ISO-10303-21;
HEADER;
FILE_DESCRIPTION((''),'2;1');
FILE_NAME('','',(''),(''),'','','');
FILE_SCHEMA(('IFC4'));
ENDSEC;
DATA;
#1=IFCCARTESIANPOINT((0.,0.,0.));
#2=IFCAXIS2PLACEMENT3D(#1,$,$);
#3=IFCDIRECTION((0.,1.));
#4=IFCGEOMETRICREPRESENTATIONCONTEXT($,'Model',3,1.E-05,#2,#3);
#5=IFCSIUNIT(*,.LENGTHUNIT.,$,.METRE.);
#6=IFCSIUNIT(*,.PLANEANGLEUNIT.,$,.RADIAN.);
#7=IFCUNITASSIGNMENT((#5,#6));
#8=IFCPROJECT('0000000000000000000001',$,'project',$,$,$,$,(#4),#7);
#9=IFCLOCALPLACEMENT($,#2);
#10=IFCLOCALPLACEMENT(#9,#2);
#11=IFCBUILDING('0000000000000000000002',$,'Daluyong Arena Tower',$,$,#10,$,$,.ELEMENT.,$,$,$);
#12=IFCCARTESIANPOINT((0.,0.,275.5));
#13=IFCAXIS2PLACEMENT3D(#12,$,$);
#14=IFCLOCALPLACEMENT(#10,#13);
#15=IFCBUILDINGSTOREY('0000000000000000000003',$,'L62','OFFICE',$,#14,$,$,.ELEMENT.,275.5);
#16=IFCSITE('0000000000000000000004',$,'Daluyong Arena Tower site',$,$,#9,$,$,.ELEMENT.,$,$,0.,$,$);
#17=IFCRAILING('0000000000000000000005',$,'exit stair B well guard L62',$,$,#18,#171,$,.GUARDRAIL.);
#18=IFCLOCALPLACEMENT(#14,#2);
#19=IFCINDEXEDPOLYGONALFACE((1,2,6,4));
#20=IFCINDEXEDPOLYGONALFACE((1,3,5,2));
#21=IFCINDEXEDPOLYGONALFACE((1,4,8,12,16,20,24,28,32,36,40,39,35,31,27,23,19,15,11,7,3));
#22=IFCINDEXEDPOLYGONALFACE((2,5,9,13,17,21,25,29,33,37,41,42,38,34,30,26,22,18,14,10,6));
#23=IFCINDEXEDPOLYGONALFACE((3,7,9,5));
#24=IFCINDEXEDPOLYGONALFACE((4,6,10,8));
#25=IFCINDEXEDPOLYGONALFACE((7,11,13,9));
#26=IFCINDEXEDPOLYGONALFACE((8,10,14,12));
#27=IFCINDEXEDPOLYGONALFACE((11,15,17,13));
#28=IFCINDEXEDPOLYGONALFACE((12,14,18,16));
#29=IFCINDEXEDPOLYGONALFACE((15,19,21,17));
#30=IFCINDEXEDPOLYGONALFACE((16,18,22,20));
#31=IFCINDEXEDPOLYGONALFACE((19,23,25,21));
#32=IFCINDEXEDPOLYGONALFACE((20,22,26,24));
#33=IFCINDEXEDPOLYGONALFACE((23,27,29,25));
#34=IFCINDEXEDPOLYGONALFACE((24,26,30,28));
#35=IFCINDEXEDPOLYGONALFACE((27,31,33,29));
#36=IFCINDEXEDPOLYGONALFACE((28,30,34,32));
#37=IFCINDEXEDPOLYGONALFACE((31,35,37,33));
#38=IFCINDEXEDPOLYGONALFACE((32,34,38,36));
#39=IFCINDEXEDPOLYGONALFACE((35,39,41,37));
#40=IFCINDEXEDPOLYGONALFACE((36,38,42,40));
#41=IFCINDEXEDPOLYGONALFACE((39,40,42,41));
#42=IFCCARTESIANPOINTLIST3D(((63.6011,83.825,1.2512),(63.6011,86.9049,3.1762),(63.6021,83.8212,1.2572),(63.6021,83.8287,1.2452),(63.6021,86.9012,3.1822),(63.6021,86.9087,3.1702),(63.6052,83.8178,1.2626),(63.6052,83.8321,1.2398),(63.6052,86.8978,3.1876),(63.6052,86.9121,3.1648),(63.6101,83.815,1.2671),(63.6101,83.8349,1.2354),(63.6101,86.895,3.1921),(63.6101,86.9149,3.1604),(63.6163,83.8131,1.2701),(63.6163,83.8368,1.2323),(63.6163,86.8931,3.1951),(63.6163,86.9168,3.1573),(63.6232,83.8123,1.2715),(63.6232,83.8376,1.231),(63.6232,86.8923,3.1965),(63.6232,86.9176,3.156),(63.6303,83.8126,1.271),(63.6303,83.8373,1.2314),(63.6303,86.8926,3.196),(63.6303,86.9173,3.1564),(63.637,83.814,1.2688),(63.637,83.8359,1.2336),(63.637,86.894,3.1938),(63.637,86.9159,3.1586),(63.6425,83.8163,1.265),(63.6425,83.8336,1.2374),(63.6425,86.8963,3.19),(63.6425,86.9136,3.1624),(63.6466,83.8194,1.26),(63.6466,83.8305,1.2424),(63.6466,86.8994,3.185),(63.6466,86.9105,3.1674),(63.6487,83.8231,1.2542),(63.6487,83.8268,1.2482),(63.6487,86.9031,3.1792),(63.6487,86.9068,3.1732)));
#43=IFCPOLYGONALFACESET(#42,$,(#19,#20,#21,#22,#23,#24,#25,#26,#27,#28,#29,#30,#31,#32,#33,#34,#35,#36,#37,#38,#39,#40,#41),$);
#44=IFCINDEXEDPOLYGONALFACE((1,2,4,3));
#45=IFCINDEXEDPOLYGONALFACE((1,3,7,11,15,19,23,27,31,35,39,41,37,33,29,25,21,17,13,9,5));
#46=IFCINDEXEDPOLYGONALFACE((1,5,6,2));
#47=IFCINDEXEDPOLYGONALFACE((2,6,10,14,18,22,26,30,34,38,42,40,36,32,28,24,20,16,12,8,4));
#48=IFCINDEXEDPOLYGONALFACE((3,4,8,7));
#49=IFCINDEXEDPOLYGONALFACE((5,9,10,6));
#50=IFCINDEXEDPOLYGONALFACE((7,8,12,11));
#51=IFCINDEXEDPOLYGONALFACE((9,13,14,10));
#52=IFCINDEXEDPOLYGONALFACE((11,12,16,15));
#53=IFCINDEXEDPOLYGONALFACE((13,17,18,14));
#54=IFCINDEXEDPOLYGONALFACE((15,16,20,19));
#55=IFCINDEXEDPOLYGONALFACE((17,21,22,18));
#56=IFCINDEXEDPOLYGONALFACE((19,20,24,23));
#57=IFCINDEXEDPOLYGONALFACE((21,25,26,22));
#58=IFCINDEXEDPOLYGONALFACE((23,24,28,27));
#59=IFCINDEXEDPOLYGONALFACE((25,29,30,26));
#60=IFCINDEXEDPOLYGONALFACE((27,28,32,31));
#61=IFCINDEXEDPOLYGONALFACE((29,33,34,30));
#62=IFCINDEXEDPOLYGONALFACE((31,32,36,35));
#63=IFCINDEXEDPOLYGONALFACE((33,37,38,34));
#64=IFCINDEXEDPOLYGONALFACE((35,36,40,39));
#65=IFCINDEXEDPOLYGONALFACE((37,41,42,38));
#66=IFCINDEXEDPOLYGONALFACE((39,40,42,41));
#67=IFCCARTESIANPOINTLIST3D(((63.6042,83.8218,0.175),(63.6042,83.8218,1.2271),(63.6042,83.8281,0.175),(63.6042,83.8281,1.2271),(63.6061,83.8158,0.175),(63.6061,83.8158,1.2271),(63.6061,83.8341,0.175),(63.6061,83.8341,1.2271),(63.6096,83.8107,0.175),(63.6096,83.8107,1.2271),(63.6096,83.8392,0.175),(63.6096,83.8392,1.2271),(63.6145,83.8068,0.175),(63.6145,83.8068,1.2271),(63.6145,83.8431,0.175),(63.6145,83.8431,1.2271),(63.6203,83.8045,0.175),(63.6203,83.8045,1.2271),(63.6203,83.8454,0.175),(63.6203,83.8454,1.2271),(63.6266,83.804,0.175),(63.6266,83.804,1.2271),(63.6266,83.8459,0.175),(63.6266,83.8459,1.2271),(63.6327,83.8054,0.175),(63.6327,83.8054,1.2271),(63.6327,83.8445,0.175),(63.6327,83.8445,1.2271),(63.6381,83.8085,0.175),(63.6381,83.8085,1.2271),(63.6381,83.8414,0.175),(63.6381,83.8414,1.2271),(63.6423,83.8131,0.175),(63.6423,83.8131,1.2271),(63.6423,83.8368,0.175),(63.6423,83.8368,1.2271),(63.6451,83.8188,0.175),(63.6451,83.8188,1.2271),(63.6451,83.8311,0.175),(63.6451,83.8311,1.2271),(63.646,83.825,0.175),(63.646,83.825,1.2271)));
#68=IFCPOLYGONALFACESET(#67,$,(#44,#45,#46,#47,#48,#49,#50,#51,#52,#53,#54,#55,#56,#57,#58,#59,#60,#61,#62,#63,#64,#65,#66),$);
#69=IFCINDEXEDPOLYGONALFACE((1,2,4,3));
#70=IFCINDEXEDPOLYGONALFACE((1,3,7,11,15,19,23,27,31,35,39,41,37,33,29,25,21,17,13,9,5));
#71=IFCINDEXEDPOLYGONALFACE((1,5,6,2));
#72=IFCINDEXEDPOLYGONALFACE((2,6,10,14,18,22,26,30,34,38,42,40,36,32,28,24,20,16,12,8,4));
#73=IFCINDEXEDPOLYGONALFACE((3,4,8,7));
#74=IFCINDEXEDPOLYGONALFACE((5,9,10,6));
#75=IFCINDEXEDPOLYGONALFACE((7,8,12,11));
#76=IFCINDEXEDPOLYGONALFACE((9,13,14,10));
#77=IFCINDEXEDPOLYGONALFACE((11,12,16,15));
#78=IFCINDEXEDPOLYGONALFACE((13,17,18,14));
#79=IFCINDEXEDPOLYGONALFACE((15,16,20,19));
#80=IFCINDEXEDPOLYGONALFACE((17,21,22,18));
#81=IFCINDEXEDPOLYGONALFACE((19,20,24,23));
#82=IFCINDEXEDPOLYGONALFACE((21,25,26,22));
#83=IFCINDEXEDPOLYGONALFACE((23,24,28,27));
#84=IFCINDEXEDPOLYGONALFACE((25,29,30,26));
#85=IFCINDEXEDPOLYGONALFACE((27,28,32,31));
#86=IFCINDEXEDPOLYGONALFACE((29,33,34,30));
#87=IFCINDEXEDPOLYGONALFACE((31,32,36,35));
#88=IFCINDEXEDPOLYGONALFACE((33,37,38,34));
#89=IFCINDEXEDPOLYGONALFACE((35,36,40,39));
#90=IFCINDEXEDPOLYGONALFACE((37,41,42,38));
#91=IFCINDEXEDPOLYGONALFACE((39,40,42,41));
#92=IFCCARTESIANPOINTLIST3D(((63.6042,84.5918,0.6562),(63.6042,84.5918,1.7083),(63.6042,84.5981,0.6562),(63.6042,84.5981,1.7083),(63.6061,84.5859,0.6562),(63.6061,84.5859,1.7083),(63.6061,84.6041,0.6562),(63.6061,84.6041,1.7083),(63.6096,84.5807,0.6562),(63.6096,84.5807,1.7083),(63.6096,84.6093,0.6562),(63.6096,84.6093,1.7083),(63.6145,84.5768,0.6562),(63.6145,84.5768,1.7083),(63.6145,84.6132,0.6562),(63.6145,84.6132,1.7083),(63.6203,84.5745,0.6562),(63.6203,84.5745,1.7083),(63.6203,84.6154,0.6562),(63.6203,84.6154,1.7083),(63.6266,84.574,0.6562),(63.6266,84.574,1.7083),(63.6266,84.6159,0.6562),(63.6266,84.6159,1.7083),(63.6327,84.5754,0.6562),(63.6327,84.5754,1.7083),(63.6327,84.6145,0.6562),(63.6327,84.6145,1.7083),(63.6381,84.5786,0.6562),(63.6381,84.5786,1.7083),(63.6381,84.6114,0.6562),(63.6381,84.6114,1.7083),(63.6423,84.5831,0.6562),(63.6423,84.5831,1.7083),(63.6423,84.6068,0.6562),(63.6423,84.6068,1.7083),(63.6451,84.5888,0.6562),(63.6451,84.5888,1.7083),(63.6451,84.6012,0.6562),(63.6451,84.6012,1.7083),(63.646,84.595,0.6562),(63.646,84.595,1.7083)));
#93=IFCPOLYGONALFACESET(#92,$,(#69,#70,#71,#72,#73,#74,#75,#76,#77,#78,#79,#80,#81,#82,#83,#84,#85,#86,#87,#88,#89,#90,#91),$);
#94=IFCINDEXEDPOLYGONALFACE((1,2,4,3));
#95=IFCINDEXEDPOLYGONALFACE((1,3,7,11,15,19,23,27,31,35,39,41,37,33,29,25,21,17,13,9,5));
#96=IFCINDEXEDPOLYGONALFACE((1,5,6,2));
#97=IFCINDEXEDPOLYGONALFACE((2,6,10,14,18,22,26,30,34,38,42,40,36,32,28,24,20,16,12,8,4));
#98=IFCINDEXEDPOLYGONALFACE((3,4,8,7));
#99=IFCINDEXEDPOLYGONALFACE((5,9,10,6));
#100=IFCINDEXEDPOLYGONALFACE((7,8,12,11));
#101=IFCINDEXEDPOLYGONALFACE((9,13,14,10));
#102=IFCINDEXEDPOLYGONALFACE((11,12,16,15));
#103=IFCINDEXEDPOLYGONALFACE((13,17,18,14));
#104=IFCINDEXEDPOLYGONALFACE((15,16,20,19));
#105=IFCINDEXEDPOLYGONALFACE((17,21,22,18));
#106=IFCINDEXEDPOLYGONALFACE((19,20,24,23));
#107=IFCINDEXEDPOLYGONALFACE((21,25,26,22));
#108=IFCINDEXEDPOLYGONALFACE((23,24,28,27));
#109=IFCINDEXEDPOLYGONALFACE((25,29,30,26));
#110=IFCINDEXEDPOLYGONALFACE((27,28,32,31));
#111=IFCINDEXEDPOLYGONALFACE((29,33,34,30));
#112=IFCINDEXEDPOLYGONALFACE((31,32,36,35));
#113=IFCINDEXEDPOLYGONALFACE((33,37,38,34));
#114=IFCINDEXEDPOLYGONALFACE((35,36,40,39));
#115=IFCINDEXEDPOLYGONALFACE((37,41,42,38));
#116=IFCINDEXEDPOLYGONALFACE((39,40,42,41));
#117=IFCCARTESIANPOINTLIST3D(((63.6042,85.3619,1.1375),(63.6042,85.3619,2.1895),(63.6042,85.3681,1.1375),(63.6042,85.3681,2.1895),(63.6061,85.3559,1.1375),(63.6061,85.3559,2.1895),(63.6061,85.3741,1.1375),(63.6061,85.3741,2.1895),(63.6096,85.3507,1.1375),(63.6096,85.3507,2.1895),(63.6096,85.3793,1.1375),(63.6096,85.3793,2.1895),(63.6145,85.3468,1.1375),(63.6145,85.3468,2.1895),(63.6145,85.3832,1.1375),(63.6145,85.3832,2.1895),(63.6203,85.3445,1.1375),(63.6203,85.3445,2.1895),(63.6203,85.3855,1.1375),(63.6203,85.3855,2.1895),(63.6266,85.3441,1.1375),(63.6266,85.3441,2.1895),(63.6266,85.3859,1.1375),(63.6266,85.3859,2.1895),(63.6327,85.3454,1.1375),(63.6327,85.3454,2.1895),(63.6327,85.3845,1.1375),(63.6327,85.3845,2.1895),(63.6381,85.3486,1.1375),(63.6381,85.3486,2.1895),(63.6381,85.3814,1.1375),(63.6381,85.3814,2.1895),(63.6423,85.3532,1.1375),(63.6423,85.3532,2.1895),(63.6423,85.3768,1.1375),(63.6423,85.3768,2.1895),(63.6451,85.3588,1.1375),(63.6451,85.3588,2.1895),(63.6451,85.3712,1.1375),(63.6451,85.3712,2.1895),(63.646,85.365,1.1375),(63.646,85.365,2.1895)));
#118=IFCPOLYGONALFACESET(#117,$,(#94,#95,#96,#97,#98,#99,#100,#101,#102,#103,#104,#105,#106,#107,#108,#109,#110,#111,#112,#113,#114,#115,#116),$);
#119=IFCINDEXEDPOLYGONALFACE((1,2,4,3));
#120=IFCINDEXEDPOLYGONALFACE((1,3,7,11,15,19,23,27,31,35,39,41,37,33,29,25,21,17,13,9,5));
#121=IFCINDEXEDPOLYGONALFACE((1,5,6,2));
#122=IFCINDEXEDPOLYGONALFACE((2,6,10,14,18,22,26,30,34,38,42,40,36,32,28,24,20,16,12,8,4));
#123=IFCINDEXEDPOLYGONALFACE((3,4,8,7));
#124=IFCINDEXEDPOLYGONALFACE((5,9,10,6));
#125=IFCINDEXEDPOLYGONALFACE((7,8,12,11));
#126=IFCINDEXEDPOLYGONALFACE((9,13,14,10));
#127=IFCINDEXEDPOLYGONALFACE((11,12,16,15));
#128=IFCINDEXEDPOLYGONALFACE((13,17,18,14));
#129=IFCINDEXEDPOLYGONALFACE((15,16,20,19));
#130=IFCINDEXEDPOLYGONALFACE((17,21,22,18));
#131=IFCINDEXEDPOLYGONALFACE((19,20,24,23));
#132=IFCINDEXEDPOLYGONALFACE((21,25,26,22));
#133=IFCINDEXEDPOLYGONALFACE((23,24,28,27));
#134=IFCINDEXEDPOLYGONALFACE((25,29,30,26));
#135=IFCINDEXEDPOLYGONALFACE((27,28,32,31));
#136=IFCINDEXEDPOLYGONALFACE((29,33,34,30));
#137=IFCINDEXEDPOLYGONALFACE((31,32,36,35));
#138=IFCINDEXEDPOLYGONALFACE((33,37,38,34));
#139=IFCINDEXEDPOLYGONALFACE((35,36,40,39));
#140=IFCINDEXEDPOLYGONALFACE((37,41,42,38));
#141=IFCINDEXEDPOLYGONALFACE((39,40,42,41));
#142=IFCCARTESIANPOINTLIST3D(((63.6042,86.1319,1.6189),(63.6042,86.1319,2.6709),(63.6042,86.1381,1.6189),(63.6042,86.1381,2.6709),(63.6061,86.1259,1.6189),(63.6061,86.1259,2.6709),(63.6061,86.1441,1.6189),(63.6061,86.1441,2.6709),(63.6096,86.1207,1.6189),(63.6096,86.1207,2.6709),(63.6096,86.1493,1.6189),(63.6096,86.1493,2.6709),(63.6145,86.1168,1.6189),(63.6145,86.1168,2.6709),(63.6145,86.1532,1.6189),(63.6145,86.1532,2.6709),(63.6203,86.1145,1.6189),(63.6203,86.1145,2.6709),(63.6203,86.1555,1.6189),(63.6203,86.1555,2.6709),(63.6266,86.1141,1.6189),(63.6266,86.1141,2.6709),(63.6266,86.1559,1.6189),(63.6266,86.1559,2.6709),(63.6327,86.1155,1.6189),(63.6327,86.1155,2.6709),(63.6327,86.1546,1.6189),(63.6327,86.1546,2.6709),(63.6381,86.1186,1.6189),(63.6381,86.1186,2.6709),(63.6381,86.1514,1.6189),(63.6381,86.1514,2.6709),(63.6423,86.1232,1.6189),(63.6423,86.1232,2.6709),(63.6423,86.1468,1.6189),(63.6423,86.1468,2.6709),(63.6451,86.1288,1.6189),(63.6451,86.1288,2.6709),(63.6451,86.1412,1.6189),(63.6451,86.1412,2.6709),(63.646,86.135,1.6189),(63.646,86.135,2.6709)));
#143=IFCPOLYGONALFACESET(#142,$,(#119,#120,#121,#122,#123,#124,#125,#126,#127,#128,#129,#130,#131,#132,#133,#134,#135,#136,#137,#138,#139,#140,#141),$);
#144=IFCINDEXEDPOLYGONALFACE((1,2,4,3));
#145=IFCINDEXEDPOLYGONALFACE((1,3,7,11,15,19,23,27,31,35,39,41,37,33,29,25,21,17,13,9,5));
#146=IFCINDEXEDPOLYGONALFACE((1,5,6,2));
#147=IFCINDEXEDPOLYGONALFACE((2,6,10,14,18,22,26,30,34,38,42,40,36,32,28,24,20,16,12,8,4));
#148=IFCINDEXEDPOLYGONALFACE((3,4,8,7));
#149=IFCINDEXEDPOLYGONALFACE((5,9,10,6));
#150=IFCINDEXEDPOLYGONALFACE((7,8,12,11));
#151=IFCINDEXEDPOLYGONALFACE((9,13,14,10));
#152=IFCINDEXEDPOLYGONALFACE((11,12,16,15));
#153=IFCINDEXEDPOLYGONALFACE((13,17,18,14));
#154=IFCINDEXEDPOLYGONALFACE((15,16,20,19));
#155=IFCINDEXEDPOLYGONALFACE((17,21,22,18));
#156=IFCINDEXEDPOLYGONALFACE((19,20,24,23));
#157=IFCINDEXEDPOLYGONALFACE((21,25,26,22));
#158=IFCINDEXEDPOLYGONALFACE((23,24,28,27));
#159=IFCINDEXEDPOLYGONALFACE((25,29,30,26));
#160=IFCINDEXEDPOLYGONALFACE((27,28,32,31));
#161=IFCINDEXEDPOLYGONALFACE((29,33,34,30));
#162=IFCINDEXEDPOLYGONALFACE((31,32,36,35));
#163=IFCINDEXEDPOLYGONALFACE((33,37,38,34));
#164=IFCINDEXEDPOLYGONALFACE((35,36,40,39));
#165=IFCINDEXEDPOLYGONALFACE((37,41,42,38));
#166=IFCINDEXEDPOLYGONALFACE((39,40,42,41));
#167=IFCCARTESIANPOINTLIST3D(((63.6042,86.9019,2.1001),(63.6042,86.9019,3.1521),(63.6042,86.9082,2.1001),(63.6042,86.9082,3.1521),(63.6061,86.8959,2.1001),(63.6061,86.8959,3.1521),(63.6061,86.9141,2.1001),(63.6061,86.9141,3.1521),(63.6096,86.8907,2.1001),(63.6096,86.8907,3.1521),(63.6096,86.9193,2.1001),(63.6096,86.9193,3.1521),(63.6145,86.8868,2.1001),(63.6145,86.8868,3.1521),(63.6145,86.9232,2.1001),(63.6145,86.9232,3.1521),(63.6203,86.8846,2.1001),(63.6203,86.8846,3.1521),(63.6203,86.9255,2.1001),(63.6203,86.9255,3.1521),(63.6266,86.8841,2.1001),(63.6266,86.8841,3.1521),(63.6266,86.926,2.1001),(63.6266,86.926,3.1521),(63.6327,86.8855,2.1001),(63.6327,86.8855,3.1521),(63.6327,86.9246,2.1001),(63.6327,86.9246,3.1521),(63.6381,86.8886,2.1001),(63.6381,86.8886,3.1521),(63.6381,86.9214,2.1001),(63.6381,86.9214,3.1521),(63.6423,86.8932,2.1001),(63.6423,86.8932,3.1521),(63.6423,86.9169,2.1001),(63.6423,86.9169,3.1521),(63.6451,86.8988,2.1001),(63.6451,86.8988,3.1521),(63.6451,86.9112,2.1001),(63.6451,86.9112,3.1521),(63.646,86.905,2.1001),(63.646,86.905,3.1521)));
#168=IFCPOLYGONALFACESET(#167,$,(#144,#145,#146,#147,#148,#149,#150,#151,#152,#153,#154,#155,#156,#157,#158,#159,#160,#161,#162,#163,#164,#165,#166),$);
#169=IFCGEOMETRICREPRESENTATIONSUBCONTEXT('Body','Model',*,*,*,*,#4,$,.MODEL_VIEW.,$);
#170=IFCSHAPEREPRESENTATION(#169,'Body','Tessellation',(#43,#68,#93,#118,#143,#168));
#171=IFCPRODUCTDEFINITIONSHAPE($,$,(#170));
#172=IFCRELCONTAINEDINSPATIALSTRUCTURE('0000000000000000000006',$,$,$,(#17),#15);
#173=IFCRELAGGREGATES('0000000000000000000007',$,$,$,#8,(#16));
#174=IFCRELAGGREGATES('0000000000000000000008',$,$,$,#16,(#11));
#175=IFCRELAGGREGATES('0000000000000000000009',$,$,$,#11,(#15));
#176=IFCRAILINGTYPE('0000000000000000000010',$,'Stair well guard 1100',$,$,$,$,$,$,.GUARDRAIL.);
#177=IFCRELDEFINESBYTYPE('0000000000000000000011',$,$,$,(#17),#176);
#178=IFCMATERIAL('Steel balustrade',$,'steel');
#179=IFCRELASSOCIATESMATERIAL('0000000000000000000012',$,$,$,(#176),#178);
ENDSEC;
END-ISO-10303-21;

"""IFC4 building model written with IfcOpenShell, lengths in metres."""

from ifc_helpers import new_model, si_unit, direction, frame, origin, origin_2d, place, context, subcontext, project, spatial, circle, extrude, material, type_object, element, save


model = new_model("IFC4")

# Units and contexts
model_context = context("Model", 3, precision=1e-05, world=origin(), true_north=direction((0.0, 1.0)))
body_context = subcontext(model_context, "Body", "Model", "MODEL_VIEW")
ifc_project = project(units=[si_unit("LENGTHUNIT", "METRE"), si_unit("PLANEANGLEUNIT", "RADIAN")], contexts=[model_context])

# Site, building, storey
site_placement = place(None, origin())
site = spatial("IfcSite", under=ifc_project, at=site_placement, Name="Daluyong Arena Tower site", CompositionType="ELEMENT", RefElevation=0.0)
building_placement = place(site_placement, origin())
building = spatial("IfcBuilding", under=site, at=building_placement, Name="Daluyong Arena Tower", CompositionType="ELEMENT")
storey_placement = place(building_placement, frame((0.0, 0.0, 275.5)))
storey = spatial("IfcBuildingStorey", under=building, at=storey_placement, Name="L62", Description="OFFICE", CompositionType="ELEMENT", Elevation=275.5)

# Railing
ifc_material_1 = material(Name="Steel balustrade", Category="steel")
railing_type_1 = type_object("IfcRailingType", Name="Stair well guard 1100", PredefinedType="GUARDRAIL", material=ifc_material_1)
railing_1_placement = place(storey_placement, frame((63.625, 83.825, 0.175)))
element("IfcRailing", 1, at=railing_1_placement, inside=storey, type_object=railing_type_1, Name="exit stair B well guard L62", PredefinedType="GUARDRAIL", context=body_context, shape_type="SweptSolid", body=[
    extrude(circle(Radius=0.0239, at=origin_2d()), frame((0.0, 0.0, 1.0762), z_axis=(0.0, 0.847998, 0.529999), x_axis=(-1.0, 0.0, 0.0)), (0.0, 0.0, 1.0), 3.6321),
    extrude(circle(Radius=0.021, at=origin_2d()), origin(), (0.0, 0.0, 1.0), 1.052),
    extrude(circle(Radius=0.021, at=origin_2d()), frame((0.0, 0.77, 0.4812)), (0.0, 0.0, 1.0), 1.052),
    extrude(circle(Radius=0.021, at=origin_2d()), frame((0.0, 1.54, 0.9624)), (0.0, 0.0, 1.0), 1.052),
    extrude(circle(Radius=0.021, at=origin_2d()), frame((0.0, 2.3101, 1.4438)), (0.0, 0.0, 1.0), 1.052),
    extrude(circle(Radius=0.021, at=origin_2d()), frame((0.0, 3.0801, 1.925)), (0.0, 0.0, 1.0), 1.052),
])

save(model, "model.ifc")
